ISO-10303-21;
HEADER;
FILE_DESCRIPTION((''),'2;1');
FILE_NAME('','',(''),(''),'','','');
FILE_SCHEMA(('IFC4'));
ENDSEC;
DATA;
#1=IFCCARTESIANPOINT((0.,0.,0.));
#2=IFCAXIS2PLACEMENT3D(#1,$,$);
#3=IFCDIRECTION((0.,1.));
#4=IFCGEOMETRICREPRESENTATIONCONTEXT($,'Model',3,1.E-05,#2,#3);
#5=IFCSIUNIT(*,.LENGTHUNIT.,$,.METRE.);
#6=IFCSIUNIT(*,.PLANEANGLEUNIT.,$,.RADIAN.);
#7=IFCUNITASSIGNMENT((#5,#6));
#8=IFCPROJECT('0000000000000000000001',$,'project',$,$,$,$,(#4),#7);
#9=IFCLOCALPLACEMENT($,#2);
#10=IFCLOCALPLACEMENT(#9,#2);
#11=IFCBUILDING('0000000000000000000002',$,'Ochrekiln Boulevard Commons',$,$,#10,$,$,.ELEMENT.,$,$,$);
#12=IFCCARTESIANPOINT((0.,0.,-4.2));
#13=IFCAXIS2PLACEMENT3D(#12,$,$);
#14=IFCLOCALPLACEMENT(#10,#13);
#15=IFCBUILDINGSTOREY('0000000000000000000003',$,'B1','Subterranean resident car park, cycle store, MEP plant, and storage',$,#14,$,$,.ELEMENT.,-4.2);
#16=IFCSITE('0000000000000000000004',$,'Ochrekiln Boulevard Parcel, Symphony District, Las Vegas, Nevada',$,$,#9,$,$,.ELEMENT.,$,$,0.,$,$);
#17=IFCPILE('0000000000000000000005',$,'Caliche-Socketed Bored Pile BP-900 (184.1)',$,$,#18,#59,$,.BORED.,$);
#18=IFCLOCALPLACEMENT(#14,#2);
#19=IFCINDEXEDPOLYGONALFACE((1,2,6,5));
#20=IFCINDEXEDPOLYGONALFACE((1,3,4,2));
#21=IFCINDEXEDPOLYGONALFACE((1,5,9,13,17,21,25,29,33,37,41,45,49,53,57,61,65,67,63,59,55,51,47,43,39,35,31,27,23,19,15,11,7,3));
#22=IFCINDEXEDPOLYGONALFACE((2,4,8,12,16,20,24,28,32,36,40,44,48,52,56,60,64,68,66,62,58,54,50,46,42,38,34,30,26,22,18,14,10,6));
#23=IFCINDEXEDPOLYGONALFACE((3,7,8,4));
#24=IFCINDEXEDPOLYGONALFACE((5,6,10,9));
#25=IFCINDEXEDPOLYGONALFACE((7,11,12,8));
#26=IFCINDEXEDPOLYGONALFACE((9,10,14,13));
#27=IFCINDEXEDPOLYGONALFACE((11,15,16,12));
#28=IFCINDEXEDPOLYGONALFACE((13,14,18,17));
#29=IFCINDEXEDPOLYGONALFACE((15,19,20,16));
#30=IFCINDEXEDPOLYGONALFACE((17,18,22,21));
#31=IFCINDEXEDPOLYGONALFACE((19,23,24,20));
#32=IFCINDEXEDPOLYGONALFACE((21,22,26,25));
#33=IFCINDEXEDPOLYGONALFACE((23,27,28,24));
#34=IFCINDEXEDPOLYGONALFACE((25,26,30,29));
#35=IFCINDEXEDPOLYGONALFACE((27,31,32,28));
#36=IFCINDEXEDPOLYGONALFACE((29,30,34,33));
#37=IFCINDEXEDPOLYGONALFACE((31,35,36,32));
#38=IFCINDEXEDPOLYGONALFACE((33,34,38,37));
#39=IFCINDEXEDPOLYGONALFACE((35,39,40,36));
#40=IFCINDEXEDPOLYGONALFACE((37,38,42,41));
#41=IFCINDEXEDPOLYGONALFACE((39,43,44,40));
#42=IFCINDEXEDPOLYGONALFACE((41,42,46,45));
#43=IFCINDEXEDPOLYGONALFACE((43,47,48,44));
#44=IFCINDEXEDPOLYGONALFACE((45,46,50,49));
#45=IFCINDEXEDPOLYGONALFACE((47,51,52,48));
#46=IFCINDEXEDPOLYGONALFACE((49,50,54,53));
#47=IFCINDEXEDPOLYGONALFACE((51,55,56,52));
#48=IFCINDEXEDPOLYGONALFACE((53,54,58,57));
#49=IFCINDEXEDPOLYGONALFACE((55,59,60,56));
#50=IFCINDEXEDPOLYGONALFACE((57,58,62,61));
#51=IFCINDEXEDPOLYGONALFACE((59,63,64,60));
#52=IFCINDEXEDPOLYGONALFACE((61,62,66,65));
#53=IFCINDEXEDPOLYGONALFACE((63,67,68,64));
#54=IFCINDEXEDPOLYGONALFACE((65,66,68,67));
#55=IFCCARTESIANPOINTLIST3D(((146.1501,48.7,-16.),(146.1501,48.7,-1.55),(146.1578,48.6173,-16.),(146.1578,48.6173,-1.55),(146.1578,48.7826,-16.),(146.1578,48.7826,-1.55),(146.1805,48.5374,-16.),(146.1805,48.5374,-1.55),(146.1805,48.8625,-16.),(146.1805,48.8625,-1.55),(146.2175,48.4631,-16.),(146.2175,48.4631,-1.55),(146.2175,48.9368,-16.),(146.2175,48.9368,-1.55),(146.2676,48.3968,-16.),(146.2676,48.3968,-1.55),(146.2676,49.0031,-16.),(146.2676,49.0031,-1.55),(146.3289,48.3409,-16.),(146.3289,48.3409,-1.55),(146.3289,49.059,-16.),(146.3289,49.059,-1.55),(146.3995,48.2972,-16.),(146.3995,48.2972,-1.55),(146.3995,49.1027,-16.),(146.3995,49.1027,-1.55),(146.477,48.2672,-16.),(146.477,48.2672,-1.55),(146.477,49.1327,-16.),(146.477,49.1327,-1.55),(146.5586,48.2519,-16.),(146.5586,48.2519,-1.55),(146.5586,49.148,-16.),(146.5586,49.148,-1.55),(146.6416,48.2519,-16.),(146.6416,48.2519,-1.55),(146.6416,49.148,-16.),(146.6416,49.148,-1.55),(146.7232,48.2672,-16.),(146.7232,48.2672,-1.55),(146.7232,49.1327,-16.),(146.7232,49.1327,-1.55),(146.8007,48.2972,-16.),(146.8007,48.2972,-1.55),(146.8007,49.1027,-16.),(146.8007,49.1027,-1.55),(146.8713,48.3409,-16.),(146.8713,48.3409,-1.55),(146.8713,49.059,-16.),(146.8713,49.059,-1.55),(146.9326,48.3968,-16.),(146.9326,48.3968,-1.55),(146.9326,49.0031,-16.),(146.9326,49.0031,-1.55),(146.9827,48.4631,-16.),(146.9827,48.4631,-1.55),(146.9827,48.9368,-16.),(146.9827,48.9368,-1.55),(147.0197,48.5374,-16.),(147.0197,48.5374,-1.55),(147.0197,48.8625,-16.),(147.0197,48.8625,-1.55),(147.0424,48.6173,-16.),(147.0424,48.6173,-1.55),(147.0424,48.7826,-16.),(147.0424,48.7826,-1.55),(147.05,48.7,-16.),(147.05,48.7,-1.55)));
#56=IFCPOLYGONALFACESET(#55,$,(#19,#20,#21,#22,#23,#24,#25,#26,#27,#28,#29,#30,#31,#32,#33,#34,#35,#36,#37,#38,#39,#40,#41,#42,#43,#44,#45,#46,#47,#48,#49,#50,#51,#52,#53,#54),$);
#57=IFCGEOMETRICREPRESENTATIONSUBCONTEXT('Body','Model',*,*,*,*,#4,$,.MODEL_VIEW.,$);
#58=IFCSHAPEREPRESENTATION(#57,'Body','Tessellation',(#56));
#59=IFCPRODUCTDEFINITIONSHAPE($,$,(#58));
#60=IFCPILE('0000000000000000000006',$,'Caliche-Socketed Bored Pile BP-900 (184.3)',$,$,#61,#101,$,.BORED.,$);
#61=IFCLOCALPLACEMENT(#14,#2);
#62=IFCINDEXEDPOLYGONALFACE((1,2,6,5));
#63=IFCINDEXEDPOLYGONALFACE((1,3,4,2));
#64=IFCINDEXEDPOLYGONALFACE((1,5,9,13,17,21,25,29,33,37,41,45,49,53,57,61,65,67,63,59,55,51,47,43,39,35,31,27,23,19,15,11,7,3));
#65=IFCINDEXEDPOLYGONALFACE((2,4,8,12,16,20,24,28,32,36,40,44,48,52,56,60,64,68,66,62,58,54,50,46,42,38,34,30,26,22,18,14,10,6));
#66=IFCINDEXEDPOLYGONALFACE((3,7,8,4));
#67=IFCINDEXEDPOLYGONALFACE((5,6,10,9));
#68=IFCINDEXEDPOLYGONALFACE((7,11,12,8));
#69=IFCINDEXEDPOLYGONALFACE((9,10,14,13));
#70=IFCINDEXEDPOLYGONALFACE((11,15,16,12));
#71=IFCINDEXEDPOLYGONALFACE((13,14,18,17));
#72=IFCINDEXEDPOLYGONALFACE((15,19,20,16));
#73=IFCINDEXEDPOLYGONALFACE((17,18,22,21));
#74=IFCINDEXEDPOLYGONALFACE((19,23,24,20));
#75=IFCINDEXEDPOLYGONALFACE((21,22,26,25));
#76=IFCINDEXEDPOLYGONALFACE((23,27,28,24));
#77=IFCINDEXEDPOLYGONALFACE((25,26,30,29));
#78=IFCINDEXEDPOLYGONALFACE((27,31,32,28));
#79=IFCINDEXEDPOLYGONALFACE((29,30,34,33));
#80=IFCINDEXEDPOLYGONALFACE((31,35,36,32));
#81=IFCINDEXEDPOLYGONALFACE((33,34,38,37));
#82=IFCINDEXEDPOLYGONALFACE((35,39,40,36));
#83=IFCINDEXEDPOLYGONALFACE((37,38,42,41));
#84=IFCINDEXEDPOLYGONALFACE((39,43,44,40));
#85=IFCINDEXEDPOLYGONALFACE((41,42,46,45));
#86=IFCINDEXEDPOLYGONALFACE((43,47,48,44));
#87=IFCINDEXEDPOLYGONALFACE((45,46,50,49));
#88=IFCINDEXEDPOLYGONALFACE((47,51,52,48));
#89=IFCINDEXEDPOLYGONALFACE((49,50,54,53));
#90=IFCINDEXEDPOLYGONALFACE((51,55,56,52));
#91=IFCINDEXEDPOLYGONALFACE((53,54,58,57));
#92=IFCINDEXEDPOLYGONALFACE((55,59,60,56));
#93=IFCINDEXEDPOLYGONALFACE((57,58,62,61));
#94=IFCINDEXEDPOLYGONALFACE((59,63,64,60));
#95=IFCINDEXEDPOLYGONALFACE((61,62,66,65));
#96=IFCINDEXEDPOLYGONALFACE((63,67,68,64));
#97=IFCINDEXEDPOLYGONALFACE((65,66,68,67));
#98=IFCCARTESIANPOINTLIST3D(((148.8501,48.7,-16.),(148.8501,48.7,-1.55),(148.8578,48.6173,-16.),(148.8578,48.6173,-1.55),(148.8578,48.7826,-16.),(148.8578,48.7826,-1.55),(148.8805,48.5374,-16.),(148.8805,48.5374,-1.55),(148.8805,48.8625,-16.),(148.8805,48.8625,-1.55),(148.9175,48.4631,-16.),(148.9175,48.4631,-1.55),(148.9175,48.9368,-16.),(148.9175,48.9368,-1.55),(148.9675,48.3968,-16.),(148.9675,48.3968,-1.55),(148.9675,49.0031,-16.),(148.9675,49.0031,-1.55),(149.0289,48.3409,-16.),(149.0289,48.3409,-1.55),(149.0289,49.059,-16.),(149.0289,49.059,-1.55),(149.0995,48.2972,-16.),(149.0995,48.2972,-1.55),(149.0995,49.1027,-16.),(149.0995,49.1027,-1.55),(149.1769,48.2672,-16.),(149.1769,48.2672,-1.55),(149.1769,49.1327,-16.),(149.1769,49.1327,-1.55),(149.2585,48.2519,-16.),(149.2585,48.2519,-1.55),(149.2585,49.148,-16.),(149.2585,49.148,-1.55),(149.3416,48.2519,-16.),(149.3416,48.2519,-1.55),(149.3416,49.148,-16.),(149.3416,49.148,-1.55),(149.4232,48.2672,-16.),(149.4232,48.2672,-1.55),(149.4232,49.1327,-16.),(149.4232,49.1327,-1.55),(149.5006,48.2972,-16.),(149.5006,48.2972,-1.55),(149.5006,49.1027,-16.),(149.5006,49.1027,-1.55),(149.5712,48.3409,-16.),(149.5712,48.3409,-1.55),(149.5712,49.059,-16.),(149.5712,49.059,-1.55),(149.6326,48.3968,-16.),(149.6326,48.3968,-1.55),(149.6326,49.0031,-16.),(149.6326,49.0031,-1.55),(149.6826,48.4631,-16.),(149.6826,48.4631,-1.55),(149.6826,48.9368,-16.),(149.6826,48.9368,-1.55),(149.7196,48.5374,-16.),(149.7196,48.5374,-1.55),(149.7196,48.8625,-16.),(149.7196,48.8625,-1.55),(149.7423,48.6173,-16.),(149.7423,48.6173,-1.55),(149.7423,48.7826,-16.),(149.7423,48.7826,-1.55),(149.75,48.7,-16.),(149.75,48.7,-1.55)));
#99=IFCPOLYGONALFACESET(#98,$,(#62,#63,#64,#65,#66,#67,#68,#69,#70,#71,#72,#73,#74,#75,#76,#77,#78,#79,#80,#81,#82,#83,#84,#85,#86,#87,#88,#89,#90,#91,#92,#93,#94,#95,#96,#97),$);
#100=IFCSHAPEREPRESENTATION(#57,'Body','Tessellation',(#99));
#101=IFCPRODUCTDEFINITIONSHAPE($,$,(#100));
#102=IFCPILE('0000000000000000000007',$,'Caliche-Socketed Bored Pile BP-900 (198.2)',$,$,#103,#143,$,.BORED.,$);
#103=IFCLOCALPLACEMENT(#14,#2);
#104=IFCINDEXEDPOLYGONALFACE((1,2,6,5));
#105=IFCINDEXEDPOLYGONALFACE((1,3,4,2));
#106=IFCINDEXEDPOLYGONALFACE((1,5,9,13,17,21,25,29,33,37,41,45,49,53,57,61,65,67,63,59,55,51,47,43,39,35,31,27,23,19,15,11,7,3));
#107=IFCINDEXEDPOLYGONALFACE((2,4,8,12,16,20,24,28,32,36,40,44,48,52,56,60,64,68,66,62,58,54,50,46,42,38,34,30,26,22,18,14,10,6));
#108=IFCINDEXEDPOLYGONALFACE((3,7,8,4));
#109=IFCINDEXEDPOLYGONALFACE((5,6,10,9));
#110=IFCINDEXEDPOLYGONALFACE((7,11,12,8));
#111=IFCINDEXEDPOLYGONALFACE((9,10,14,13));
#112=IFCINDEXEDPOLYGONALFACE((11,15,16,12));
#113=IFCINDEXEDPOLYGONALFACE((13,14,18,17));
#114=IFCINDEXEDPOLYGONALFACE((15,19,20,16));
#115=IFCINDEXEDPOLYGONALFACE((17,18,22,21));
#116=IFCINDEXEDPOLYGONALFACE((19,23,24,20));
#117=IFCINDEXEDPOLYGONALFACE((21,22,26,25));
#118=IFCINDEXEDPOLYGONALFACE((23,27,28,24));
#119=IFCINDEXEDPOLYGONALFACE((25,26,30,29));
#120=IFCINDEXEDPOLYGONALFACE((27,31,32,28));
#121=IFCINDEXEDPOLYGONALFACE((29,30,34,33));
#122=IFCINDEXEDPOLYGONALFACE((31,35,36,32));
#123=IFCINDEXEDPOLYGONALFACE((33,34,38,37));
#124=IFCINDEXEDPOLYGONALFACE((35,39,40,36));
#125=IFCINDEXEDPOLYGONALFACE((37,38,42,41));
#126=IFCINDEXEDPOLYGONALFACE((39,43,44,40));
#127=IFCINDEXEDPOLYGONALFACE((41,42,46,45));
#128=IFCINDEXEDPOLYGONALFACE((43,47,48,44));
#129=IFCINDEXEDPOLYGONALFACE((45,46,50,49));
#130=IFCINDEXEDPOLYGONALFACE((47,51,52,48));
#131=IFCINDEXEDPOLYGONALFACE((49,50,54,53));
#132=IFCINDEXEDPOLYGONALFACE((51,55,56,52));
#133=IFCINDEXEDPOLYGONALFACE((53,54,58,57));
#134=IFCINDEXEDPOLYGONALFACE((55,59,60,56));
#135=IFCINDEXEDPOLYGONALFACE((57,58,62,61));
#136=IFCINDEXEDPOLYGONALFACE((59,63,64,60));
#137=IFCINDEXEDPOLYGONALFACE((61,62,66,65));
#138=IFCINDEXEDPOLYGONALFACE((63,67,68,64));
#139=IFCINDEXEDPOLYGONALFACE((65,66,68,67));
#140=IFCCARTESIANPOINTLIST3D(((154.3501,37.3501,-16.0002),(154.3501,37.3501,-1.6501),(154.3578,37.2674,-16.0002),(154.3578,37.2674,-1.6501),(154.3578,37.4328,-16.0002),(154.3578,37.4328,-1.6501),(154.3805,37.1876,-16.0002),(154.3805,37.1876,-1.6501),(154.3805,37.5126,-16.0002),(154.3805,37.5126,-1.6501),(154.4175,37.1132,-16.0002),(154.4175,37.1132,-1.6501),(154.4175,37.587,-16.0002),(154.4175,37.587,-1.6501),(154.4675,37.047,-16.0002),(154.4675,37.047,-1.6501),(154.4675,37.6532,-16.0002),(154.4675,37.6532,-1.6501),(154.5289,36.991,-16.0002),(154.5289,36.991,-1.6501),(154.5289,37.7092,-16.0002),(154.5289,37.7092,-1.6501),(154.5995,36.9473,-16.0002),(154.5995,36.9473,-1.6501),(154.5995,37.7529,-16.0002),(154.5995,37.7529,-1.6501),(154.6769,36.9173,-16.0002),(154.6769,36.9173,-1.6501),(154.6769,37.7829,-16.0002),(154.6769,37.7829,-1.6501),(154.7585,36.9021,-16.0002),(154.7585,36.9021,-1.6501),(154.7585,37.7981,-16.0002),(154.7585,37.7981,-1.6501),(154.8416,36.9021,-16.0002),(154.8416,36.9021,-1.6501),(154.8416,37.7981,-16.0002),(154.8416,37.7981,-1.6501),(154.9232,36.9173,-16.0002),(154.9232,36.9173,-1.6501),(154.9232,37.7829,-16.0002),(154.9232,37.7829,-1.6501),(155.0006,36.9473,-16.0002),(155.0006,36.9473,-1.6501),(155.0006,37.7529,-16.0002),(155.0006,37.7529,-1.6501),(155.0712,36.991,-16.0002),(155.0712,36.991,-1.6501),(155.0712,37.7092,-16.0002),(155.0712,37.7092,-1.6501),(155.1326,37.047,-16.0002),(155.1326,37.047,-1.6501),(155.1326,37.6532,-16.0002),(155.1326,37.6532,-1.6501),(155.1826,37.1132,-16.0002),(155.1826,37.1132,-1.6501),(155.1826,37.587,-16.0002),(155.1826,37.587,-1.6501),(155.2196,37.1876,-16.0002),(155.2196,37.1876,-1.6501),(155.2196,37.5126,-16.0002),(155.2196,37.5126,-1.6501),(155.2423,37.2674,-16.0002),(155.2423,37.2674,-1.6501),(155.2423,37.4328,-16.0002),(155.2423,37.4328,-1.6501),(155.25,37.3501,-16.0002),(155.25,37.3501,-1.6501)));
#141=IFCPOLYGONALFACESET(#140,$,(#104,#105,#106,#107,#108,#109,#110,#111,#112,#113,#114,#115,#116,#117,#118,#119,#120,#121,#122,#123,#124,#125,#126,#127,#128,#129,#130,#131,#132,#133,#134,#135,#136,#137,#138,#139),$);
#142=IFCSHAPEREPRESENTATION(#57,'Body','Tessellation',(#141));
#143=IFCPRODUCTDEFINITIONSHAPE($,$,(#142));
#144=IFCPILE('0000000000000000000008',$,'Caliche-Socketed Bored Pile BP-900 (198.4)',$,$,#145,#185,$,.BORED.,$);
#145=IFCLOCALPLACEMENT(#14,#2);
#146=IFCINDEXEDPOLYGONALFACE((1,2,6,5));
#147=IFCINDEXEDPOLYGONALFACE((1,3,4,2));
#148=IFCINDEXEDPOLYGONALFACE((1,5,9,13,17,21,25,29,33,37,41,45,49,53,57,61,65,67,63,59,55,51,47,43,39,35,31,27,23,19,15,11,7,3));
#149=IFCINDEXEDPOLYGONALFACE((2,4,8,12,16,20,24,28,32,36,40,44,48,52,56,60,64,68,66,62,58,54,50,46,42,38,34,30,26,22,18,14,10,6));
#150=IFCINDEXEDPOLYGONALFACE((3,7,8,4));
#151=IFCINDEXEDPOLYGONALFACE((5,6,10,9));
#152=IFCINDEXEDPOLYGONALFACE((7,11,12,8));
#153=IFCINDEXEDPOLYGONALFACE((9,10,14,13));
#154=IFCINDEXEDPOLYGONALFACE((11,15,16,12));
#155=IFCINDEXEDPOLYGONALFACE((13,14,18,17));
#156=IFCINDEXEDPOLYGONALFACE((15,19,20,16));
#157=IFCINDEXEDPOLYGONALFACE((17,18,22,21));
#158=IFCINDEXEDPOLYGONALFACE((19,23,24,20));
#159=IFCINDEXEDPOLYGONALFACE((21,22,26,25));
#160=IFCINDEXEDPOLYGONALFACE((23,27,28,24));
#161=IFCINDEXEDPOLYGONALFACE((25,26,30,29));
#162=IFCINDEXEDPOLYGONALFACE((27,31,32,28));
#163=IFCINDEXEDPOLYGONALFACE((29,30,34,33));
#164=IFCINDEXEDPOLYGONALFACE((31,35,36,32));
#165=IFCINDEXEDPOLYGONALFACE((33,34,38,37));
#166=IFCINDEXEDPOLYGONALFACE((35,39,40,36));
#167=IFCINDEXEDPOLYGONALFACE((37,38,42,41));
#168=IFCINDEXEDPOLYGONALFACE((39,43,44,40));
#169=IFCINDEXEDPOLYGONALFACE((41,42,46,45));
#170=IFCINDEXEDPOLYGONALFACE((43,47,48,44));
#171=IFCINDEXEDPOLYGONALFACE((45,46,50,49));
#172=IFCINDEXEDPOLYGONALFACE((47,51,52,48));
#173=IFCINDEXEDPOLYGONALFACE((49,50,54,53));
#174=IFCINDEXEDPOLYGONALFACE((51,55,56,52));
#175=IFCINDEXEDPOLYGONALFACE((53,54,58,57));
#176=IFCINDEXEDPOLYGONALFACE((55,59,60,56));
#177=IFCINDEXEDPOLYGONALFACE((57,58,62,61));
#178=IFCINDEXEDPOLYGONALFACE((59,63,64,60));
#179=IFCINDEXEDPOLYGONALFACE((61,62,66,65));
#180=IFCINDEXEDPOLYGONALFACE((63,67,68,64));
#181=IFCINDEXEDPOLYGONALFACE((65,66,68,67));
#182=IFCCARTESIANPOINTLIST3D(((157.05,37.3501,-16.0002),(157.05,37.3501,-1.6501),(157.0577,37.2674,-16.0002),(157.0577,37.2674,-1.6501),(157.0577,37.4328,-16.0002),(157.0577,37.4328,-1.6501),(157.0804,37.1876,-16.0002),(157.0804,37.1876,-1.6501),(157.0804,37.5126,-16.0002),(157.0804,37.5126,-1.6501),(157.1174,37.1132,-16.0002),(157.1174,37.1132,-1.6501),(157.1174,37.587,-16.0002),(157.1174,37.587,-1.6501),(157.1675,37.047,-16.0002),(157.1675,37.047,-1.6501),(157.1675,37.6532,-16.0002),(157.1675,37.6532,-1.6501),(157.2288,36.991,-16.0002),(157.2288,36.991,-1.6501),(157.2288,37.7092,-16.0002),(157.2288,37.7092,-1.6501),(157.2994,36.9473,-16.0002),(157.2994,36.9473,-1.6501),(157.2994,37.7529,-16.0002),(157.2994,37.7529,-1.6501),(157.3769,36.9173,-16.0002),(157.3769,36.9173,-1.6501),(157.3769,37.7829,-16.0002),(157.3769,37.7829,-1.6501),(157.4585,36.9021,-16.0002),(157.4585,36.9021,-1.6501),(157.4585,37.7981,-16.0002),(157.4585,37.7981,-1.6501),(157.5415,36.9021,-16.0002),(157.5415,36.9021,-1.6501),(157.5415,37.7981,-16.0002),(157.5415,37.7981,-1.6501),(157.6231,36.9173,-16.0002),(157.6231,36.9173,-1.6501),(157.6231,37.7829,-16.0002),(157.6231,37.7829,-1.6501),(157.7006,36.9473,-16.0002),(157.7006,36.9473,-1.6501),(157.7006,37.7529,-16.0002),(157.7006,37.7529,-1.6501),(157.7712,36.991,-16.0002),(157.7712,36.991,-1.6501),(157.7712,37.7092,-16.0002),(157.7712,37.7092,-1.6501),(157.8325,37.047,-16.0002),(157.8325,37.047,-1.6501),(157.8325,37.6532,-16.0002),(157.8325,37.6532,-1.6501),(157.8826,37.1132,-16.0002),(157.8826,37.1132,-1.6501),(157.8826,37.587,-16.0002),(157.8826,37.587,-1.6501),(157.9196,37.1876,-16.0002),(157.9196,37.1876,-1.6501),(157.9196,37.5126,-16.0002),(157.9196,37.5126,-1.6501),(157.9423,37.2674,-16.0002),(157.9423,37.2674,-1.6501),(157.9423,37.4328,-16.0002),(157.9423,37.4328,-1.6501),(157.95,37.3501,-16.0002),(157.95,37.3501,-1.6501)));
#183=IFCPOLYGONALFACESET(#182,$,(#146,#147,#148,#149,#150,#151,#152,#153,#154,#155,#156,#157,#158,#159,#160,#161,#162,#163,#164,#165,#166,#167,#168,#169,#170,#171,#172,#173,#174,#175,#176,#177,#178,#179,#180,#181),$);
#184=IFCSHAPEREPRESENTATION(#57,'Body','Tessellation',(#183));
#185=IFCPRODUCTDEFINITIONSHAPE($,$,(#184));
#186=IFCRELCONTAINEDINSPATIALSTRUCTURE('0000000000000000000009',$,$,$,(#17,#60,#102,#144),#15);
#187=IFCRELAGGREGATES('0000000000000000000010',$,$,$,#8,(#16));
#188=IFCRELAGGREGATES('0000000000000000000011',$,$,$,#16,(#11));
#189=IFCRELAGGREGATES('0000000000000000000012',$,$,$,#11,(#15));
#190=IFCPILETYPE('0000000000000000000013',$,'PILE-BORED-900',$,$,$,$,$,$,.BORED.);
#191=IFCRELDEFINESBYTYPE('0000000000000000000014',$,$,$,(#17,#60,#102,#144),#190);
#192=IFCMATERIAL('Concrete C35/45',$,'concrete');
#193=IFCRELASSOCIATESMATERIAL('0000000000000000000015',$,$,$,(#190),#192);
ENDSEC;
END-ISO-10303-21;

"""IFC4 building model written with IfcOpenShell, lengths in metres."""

from ifc_helpers import new_model, si_unit, direction, frame, origin, origin_2d, place, context, subcontext, project, spatial, circle, extrude, material, material_profile, profile_set, type_object, element, save


model = new_model("IFC4")

# Units and contexts
model_context = context("Model", 3, precision=1e-05, world=origin(), true_north=direction((0.0, 1.0)))
body_context = subcontext(model_context, "Body", "Model", "MODEL_VIEW")
ifc_project = project(units=[si_unit("LENGTHUNIT", "METRE"), si_unit("PLANEANGLEUNIT", "RADIAN")], contexts=[model_context])

# Site, building, storey
site_placement = place(None, origin())
site = spatial("IfcSite", under=ifc_project, at=site_placement, Name="Ochrekiln Boulevard Parcel, Symphony District, Las Vegas, Nevada", CompositionType="ELEMENT", RefElevation=0.0)
building_placement = place(site_placement, origin())
building = spatial("IfcBuilding", under=site, at=building_placement, Name="Ochrekiln Boulevard Commons", CompositionType="ELEMENT")
storey_placement = place(building_placement, frame((0.0, 0.0, -4.2)))
storey = spatial("IfcBuildingStorey", under=building, at=storey_placement, Name="B1", Description="Subterranean resident car park, cycle store, MEP plant, and storage", CompositionType="ELEMENT", Elevation=-4.2)

# Shared definitions
ifc_material_1 = material(Name="Concrete C35/45", Category="concrete")

# Piles
ifc_material_profile_1 = material_profile(ifc_material_1, circle(Radius=0.45, at=origin_2d()), Name="PILE-D900")
ifc_profile_set_1 = profile_set([ifc_material_profile_1], Name="Concrete C35/45")
pile_type = type_object("IfcPileType", Name="PILE-BORED-900", PredefinedType="BORED", material=ifc_profile_set_1)
for number, where, z_axis, x_axis, name in (
    (1, (146.6001, 48.7, -1.55), (0.0, 0.0, -1.0), (1.0, 0.0, 0.0), "Caliche-Socketed Bored Pile BP-900 (184.1)"),
    (2, (149.3, 48.7, -1.55), (0.0, 0.0, -1.0), (1.0, 0.0, 0.0), "Caliche-Socketed Bored Pile BP-900 (184.3)"),
):
    element("IfcPile", number, at=place(storey_placement, frame(where, z_axis=z_axis, x_axis=x_axis)), inside=storey, type_object=pile_type, Name=name, PredefinedType="BORED", context=body_context, shape_type="SweptSolid", body=[
        extrude(circle(Radius=0.45, at=origin_2d()), origin(), (0.0, 0.0, 1.0), 14.45),
    ])
for number, where, z_axis, x_axis, name in (
    (3, (154.8, 37.3501, -1.6501), (0.0, 0.0, -1.0), (1.0, 0.0, 0.0), "Caliche-Socketed Bored Pile BP-900 (198.2)"),
    (4, (157.5, 37.3501, -1.6501), (0.0, 0.0, -1.0), (1.0, 0.0, 0.0), "Caliche-Socketed Bored Pile BP-900 (198.4)"),
):
    element("IfcPile", number, at=place(storey_placement, frame(where, z_axis=z_axis, x_axis=x_axis)), inside=storey, type_object=pile_type, Name=name, PredefinedType="BORED", context=body_context, shape_type="SweptSolid", body=[
        extrude(circle(Radius=0.45, at=origin_2d()), origin(), (0.0, 0.0, 1.0), 14.3501),
    ])

save(model, "model.ifc")
